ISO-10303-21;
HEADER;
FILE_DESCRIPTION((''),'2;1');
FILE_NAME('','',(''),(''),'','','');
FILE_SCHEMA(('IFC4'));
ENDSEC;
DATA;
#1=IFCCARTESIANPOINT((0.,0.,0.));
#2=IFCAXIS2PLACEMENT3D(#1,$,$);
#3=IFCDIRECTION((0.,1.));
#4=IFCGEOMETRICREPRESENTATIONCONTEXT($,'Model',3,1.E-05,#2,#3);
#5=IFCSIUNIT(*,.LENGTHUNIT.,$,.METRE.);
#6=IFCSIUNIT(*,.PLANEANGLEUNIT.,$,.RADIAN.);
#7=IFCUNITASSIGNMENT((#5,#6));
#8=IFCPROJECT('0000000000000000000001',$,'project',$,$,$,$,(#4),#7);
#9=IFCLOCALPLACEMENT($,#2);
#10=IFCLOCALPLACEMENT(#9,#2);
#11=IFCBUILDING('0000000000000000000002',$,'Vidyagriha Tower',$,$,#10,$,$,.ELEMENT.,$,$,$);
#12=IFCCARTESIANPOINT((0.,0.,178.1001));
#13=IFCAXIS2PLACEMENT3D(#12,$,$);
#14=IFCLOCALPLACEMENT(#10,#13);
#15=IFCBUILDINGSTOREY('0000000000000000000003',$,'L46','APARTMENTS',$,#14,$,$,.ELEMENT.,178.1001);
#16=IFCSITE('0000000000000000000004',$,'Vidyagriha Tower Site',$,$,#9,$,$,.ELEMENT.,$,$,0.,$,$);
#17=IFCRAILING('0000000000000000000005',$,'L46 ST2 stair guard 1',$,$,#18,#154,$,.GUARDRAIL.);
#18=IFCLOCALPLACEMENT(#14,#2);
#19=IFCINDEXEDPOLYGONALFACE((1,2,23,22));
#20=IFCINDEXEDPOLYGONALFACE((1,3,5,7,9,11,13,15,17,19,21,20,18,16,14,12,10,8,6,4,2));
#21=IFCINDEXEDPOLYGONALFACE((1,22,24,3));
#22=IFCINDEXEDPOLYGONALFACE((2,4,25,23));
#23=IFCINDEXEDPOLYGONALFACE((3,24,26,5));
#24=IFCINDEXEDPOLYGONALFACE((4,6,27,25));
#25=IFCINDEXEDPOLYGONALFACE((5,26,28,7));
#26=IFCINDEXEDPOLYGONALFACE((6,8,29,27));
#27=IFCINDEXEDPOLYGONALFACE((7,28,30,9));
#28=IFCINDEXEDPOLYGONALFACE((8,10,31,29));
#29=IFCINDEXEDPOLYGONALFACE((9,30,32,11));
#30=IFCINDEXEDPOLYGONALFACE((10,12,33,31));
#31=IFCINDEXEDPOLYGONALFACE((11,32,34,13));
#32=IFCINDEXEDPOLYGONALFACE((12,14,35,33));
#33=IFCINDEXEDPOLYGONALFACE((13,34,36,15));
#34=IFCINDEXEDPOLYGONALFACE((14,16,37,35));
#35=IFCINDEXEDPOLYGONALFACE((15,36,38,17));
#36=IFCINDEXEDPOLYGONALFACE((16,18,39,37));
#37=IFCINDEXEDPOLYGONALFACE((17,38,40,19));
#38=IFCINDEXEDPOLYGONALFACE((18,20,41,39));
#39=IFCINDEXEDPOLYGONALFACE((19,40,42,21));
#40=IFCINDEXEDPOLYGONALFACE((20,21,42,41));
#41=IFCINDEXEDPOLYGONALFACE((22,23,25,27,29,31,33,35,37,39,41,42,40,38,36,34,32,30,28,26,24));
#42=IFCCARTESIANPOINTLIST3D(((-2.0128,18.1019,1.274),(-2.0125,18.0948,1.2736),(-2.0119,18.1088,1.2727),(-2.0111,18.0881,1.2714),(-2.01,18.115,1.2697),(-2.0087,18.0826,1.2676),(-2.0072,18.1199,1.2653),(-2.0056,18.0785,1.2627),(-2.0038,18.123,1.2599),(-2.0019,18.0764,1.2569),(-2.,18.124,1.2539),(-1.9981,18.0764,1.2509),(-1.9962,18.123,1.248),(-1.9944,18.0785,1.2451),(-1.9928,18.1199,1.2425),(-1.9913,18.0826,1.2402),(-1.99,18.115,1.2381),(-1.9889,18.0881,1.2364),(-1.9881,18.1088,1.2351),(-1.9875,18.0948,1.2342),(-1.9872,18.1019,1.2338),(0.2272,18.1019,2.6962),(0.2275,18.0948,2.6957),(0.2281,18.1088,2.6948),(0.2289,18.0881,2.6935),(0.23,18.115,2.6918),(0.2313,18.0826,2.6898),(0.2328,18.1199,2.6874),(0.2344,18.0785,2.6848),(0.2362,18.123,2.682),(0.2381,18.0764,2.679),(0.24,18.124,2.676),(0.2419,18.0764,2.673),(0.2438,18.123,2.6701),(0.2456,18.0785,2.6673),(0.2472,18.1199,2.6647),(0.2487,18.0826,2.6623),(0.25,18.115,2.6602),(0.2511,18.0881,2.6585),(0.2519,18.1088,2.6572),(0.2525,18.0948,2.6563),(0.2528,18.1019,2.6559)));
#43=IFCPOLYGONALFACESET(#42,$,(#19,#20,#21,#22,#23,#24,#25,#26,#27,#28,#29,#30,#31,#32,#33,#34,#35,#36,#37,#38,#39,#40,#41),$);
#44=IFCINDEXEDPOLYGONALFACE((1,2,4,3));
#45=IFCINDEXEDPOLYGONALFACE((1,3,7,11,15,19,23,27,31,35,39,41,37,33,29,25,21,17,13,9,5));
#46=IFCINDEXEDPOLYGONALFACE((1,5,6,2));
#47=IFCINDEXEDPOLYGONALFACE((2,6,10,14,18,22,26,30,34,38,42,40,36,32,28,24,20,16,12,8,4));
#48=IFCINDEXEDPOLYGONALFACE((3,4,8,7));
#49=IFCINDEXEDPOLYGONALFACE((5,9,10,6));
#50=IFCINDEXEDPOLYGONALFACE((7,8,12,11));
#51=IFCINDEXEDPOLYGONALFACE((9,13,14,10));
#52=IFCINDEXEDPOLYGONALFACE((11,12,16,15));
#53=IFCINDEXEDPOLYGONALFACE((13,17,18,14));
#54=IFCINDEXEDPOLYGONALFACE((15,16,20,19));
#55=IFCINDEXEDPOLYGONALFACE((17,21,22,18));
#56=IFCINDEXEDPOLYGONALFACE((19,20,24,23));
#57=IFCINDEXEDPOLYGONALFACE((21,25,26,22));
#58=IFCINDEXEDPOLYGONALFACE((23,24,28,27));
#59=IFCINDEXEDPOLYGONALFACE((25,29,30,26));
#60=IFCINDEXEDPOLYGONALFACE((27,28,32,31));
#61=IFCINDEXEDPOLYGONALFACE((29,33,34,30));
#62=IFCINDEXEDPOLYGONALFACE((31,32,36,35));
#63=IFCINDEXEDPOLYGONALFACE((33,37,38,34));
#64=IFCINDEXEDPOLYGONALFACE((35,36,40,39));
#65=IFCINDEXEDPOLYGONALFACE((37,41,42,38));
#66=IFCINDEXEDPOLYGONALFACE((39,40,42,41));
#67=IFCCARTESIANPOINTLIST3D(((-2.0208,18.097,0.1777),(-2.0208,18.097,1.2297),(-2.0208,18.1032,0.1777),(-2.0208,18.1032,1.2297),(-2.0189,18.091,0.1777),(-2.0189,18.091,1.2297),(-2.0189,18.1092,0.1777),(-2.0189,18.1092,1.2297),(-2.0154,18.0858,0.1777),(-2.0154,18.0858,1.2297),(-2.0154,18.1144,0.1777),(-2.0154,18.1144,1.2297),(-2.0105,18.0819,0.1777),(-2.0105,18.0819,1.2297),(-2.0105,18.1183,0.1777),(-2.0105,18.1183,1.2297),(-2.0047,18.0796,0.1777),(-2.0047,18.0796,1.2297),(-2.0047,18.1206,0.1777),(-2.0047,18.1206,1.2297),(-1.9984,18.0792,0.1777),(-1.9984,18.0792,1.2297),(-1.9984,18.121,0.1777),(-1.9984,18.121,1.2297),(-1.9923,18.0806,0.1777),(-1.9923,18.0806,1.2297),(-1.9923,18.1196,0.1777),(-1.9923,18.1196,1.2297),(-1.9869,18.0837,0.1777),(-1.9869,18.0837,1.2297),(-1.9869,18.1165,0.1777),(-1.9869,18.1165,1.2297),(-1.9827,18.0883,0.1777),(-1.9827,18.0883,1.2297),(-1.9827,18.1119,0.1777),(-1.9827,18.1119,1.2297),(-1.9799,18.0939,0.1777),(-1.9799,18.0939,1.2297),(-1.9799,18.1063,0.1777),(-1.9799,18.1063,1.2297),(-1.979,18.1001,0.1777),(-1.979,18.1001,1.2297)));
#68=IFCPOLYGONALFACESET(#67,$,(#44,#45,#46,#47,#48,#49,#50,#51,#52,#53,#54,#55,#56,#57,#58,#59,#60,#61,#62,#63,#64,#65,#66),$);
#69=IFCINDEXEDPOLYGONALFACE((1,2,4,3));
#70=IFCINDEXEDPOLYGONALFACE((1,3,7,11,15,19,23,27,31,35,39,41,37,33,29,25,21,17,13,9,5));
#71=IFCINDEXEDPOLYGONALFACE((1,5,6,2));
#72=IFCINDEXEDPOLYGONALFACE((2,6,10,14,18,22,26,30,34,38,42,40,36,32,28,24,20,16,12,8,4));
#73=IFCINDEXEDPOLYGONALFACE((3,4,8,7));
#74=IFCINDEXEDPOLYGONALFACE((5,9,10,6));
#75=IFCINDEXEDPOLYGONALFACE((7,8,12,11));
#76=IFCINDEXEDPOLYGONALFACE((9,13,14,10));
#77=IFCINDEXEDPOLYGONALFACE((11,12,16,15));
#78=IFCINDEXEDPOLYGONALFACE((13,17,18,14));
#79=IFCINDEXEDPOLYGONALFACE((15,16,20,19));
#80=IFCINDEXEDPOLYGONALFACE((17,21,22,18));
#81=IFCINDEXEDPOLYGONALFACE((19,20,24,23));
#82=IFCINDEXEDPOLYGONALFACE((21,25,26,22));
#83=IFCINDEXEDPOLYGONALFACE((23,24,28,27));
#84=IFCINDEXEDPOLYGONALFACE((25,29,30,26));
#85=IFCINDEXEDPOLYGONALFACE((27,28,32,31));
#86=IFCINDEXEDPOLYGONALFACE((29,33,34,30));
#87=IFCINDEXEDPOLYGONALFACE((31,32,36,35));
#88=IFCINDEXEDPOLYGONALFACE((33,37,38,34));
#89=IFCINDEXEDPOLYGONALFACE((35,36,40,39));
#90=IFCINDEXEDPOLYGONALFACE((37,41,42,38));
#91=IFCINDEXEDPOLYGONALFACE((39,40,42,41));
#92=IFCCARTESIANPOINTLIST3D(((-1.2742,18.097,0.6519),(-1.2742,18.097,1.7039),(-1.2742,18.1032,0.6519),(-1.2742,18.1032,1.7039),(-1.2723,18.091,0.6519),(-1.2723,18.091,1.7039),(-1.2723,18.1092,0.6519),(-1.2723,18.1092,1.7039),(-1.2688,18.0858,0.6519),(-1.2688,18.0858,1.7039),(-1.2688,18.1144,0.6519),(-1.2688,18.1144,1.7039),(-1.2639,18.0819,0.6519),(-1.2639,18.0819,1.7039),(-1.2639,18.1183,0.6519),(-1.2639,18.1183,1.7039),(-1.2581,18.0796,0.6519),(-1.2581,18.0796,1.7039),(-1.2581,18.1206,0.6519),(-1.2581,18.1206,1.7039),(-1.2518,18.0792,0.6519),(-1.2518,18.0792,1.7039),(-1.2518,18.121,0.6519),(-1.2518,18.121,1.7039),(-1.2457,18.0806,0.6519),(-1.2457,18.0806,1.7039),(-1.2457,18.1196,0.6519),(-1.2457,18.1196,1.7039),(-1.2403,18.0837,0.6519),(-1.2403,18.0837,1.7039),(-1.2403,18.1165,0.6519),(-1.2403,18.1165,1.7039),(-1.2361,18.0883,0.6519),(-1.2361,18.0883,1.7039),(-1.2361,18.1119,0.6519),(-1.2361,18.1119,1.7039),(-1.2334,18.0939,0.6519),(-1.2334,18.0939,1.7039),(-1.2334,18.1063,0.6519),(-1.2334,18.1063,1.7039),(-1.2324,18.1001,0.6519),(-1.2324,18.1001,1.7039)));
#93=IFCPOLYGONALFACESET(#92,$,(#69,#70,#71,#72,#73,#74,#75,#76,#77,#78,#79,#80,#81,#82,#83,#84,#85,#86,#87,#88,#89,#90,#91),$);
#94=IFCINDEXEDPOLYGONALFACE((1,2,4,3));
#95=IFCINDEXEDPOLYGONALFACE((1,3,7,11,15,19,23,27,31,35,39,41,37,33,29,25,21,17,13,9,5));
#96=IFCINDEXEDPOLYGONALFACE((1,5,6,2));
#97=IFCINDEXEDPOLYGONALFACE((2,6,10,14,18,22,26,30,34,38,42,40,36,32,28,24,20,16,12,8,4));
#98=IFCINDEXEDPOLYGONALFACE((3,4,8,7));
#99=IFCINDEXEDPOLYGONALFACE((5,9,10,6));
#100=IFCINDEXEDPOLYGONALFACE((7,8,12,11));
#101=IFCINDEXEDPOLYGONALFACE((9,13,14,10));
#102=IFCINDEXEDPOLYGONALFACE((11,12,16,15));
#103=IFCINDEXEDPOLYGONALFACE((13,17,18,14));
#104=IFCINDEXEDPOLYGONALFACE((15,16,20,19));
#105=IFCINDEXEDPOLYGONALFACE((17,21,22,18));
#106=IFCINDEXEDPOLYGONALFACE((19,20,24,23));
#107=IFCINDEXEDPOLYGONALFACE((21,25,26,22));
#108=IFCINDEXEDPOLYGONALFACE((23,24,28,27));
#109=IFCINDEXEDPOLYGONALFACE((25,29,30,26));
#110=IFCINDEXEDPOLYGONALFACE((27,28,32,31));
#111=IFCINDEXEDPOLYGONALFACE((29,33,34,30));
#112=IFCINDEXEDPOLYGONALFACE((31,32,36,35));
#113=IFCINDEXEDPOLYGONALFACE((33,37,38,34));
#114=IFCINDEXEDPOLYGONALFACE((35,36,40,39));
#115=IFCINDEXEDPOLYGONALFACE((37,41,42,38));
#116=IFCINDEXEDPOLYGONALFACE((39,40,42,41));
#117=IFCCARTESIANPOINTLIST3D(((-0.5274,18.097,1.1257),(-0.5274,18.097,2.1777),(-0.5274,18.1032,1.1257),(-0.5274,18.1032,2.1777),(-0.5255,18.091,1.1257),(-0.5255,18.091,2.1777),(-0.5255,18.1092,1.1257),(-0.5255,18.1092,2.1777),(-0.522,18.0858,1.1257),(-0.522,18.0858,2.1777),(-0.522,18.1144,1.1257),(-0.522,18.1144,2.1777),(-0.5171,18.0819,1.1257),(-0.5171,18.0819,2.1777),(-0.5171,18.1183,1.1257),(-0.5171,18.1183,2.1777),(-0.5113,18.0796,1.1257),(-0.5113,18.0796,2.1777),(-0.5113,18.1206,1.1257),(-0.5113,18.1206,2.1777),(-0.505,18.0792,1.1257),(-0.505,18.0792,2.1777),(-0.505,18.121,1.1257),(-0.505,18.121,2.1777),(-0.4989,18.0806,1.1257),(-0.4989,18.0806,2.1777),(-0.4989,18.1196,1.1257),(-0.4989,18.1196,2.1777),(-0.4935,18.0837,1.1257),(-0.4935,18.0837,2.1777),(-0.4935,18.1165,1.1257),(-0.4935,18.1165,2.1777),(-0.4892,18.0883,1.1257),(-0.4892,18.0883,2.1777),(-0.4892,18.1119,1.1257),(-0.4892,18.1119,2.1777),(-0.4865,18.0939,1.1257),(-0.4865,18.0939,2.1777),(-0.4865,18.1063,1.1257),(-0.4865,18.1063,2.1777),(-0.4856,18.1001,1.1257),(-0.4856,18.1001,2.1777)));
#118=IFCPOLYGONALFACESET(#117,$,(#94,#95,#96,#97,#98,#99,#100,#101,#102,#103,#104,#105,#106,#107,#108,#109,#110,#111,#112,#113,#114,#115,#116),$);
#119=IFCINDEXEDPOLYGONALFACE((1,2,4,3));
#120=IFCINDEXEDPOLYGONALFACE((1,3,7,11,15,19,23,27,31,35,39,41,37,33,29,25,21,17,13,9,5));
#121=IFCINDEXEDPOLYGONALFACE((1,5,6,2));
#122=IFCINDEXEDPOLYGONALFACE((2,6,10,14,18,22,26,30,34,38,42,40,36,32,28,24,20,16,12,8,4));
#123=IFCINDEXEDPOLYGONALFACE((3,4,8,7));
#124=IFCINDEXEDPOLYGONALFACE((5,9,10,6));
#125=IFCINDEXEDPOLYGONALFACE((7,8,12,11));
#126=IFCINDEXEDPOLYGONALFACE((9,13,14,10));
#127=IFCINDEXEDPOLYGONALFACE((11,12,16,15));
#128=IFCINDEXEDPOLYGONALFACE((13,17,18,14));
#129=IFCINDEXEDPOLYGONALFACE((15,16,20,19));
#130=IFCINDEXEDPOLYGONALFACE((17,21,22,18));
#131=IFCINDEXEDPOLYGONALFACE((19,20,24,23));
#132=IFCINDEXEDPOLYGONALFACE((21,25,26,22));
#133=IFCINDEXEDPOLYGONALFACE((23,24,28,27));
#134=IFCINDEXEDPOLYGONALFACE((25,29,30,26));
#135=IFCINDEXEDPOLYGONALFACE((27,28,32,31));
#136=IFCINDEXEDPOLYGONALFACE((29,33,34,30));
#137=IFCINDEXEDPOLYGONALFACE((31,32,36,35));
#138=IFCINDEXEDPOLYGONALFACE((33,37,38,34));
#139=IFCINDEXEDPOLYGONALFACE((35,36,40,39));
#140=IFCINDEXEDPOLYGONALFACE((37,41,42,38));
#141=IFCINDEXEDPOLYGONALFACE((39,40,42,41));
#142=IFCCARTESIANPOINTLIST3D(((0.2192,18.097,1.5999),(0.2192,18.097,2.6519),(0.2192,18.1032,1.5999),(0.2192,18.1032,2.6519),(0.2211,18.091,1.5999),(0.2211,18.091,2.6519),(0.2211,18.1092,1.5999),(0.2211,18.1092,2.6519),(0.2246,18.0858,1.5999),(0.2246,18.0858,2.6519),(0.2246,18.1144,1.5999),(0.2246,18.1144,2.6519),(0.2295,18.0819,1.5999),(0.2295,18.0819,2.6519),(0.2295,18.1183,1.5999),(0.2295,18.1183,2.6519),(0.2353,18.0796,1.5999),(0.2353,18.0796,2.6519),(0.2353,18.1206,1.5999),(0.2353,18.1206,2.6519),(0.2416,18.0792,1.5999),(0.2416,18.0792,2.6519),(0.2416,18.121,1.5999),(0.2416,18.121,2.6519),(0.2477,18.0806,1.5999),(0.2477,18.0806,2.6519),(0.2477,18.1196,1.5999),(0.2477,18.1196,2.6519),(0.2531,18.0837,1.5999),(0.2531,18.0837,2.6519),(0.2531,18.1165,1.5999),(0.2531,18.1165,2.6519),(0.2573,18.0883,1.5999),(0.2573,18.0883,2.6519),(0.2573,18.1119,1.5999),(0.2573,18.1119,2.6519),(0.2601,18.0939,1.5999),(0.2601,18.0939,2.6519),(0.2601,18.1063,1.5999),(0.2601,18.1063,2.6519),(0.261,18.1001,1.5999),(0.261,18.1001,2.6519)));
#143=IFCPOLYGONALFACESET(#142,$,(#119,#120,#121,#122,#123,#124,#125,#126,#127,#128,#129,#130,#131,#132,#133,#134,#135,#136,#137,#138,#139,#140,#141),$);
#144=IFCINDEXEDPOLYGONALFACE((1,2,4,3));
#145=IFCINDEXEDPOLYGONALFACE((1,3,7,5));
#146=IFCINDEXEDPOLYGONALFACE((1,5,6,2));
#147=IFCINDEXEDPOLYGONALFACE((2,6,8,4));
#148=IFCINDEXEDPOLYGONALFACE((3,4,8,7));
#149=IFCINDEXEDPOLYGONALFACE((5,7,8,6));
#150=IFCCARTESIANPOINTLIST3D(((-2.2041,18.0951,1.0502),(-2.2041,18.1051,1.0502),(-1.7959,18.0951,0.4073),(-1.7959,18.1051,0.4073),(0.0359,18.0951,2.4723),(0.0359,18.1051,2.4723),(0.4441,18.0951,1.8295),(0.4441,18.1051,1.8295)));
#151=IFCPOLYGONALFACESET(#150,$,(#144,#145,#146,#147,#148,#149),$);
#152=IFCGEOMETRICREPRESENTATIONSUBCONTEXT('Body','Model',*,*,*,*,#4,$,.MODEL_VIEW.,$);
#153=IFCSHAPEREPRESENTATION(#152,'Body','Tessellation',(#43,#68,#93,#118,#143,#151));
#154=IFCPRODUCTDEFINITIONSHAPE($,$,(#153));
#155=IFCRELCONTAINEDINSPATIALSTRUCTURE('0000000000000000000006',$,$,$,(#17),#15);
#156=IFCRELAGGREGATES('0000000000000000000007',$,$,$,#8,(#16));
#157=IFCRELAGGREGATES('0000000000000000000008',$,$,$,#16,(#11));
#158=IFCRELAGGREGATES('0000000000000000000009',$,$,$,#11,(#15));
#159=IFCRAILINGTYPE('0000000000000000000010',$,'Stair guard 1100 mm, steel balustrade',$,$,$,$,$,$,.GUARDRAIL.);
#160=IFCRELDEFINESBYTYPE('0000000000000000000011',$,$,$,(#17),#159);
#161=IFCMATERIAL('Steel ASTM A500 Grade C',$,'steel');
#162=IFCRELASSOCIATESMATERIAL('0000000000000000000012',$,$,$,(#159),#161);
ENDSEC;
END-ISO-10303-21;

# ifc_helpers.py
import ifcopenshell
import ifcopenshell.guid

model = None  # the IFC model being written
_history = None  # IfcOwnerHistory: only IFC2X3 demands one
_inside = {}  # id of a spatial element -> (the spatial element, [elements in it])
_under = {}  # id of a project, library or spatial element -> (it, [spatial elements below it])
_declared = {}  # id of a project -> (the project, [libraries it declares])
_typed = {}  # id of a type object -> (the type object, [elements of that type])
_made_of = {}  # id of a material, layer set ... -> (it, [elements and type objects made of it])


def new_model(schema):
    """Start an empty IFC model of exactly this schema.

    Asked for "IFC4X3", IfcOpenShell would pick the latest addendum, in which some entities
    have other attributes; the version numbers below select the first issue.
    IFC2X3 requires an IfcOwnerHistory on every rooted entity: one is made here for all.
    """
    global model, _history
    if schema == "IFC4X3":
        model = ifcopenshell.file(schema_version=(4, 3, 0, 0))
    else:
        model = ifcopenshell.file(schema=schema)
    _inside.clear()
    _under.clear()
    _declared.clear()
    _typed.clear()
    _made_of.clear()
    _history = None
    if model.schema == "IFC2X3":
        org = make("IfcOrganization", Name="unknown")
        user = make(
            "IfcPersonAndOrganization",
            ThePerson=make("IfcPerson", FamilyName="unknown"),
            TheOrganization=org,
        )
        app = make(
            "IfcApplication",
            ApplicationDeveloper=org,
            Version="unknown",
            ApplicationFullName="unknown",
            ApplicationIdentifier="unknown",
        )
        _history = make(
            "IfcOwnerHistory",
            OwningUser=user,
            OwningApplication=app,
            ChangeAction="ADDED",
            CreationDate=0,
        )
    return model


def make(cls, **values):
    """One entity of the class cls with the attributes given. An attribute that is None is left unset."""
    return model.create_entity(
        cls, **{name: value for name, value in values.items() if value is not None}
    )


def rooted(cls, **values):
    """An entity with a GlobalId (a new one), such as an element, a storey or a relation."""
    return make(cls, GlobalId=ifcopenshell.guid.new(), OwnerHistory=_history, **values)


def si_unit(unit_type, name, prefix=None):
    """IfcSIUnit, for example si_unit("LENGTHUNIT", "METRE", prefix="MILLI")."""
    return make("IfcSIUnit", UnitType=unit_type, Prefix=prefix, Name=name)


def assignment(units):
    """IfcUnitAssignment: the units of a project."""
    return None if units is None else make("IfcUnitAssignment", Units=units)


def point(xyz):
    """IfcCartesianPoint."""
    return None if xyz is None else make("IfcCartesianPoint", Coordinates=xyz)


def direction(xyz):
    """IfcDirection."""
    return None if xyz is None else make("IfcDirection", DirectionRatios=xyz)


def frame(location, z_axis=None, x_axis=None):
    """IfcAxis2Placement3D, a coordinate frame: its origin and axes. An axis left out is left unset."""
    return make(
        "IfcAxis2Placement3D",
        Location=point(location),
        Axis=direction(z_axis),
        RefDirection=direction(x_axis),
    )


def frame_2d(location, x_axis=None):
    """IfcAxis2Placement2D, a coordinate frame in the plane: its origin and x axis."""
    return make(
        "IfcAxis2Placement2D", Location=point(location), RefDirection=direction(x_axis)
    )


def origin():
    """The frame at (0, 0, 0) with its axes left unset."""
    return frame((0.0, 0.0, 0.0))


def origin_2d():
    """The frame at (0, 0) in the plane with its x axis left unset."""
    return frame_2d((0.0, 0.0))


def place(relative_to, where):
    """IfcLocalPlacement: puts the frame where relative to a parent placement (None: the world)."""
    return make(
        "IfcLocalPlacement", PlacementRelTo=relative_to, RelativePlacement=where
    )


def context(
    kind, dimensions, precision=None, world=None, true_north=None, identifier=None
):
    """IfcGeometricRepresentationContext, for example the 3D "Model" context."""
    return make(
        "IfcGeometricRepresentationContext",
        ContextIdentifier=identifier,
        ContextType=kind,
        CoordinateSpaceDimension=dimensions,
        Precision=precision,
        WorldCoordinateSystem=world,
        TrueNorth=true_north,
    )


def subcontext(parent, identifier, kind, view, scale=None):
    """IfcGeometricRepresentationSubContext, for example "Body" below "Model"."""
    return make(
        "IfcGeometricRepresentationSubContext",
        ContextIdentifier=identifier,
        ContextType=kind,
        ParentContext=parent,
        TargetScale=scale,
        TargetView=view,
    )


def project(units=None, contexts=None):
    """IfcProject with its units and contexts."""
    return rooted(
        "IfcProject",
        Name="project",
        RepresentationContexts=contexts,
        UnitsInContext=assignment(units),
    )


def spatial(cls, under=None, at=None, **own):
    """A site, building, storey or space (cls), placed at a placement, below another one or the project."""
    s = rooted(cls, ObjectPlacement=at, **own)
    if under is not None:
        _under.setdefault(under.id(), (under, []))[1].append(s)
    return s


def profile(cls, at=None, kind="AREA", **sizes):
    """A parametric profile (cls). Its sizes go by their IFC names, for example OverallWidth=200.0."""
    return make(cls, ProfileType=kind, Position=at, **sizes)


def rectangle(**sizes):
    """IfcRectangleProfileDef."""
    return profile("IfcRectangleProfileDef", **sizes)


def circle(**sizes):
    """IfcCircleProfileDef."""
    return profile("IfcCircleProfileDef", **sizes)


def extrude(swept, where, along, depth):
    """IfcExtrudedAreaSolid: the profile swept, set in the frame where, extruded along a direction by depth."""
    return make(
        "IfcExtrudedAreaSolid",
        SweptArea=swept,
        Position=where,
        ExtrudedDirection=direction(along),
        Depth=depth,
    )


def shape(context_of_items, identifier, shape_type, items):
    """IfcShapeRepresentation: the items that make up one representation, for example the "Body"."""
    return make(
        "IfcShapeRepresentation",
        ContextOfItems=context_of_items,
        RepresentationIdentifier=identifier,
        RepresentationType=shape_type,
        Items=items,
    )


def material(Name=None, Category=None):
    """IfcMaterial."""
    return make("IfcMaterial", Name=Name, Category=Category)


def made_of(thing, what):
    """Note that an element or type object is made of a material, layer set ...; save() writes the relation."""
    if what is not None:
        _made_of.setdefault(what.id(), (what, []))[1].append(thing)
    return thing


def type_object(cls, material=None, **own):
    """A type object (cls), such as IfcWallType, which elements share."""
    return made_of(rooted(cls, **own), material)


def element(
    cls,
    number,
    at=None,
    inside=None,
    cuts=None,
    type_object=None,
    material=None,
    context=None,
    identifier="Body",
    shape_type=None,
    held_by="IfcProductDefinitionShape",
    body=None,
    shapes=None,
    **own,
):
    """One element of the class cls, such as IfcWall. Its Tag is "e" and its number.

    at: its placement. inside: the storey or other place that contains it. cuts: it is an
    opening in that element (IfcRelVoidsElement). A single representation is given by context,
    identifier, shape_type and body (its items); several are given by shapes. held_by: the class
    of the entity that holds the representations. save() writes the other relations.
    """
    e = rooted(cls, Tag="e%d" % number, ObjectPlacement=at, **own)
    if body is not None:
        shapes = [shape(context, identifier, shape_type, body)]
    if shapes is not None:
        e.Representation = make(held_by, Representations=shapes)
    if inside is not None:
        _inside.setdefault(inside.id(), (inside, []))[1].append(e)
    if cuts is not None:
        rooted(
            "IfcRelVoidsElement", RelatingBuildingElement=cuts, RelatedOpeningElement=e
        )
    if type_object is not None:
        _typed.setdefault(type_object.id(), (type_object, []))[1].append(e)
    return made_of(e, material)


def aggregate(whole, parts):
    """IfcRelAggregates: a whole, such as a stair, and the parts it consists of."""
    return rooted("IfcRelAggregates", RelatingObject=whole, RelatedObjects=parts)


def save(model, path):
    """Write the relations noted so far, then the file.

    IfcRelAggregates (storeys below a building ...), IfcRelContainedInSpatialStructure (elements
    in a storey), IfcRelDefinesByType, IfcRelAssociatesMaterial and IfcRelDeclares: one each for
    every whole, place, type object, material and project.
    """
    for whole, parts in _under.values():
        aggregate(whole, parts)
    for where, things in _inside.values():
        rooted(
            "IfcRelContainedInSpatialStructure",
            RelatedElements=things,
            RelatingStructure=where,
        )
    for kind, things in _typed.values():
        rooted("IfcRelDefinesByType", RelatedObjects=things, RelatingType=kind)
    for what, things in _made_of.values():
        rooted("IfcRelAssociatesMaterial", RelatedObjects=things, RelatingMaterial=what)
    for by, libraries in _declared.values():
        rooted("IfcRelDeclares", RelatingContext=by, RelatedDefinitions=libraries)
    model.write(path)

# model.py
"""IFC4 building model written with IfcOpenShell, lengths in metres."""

from ifc_helpers import new_model, si_unit, direction, frame, origin, origin_2d, place, context, subcontext, project, spatial, rectangle, circle, extrude, material, type_object, element, save


model = new_model("IFC4")

# Units and contexts
model_context = context("Model", 3, precision=1e-05, world=origin(), true_north=direction((0.0, 1.0)))
body_context = subcontext(model_context, "Body", "Model", "MODEL_VIEW")
ifc_project = project(units=[si_unit("LENGTHUNIT", "METRE"), si_unit("PLANEANGLEUNIT", "RADIAN")], contexts=[model_context])

# Site, building, storey
site_placement = place(None, origin())
site = spatial("IfcSite", under=ifc_project, at=site_placement, Name="Vidyagriha Tower Site", CompositionType="ELEMENT", RefElevation=0.0)
building_placement = place(site_placement, origin())
building = spatial("IfcBuilding", under=site, at=building_placement, Name="Vidyagriha Tower", CompositionType="ELEMENT")
storey_placement = place(building_placement, frame((0.0, 0.0, 178.1001)))
storey = spatial("IfcBuildingStorey", under=building, at=storey_placement, Name="L46", Description="APARTMENTS", CompositionType="ELEMENT", Elevation=178.1001)

# Railing
ifc_material_1 = material(Name="Steel ASTM A500 Grade C", Category="steel")
railing_type_1 = type_object("IfcRailingType", Name="Stair guard 1100 mm, steel balustrade", PredefinedType="GUARDRAIL", material=ifc_material_1)
railing_1_placement = place(storey_placement, frame((-2.0, 18.1001, 0.1777)))
element("IfcRailing", 1, at=railing_1_placement, inside=storey, type_object=railing_type_1, Name="L46 ST2 stair guard 1", PredefinedType="GUARDRAIL", context=body_context, shape_type="SweptSolid", body=[
    extrude(circle(Radius=0.0239, at=origin_2d()), frame((0.0, 0.0, 1.0762), z_axis=(0.844229, 0.0, 0.535982), x_axis=(0.0, 1.0, 0.0)), (0.0, 0.0, 1.0), 2.6533),
    extrude(circle(Radius=0.021, at=origin_2d()), origin(), (0.0, 0.0, 1.0), 1.052),
    extrude(circle(Radius=0.021, at=origin_2d()), frame((0.7466, 0.0, 0.4741)), (0.0, 0.0, 1.0), 1.052),
    extrude(circle(Radius=0.021, at=origin_2d()), frame((1.4934, 0.0, 0.948)), (0.0, 0.0, 1.0), 1.052),
    extrude(circle(Radius=0.021, at=origin_2d()), frame((2.24, 0.0, 1.4221)), (0.0, 0.0, 1.0), 1.052),
    extrude(rectangle(XDim=0.01, YDim=0.7615, at=origin_2d()), frame((0.0, 0.0, 0.551), z_axis=(0.844229, 0.0, 0.535982), x_axis=(0.0, 1.0, 0.0)), (0.0, 0.0, 1.0), 2.6533),
])

save(model, "model.ifc")
